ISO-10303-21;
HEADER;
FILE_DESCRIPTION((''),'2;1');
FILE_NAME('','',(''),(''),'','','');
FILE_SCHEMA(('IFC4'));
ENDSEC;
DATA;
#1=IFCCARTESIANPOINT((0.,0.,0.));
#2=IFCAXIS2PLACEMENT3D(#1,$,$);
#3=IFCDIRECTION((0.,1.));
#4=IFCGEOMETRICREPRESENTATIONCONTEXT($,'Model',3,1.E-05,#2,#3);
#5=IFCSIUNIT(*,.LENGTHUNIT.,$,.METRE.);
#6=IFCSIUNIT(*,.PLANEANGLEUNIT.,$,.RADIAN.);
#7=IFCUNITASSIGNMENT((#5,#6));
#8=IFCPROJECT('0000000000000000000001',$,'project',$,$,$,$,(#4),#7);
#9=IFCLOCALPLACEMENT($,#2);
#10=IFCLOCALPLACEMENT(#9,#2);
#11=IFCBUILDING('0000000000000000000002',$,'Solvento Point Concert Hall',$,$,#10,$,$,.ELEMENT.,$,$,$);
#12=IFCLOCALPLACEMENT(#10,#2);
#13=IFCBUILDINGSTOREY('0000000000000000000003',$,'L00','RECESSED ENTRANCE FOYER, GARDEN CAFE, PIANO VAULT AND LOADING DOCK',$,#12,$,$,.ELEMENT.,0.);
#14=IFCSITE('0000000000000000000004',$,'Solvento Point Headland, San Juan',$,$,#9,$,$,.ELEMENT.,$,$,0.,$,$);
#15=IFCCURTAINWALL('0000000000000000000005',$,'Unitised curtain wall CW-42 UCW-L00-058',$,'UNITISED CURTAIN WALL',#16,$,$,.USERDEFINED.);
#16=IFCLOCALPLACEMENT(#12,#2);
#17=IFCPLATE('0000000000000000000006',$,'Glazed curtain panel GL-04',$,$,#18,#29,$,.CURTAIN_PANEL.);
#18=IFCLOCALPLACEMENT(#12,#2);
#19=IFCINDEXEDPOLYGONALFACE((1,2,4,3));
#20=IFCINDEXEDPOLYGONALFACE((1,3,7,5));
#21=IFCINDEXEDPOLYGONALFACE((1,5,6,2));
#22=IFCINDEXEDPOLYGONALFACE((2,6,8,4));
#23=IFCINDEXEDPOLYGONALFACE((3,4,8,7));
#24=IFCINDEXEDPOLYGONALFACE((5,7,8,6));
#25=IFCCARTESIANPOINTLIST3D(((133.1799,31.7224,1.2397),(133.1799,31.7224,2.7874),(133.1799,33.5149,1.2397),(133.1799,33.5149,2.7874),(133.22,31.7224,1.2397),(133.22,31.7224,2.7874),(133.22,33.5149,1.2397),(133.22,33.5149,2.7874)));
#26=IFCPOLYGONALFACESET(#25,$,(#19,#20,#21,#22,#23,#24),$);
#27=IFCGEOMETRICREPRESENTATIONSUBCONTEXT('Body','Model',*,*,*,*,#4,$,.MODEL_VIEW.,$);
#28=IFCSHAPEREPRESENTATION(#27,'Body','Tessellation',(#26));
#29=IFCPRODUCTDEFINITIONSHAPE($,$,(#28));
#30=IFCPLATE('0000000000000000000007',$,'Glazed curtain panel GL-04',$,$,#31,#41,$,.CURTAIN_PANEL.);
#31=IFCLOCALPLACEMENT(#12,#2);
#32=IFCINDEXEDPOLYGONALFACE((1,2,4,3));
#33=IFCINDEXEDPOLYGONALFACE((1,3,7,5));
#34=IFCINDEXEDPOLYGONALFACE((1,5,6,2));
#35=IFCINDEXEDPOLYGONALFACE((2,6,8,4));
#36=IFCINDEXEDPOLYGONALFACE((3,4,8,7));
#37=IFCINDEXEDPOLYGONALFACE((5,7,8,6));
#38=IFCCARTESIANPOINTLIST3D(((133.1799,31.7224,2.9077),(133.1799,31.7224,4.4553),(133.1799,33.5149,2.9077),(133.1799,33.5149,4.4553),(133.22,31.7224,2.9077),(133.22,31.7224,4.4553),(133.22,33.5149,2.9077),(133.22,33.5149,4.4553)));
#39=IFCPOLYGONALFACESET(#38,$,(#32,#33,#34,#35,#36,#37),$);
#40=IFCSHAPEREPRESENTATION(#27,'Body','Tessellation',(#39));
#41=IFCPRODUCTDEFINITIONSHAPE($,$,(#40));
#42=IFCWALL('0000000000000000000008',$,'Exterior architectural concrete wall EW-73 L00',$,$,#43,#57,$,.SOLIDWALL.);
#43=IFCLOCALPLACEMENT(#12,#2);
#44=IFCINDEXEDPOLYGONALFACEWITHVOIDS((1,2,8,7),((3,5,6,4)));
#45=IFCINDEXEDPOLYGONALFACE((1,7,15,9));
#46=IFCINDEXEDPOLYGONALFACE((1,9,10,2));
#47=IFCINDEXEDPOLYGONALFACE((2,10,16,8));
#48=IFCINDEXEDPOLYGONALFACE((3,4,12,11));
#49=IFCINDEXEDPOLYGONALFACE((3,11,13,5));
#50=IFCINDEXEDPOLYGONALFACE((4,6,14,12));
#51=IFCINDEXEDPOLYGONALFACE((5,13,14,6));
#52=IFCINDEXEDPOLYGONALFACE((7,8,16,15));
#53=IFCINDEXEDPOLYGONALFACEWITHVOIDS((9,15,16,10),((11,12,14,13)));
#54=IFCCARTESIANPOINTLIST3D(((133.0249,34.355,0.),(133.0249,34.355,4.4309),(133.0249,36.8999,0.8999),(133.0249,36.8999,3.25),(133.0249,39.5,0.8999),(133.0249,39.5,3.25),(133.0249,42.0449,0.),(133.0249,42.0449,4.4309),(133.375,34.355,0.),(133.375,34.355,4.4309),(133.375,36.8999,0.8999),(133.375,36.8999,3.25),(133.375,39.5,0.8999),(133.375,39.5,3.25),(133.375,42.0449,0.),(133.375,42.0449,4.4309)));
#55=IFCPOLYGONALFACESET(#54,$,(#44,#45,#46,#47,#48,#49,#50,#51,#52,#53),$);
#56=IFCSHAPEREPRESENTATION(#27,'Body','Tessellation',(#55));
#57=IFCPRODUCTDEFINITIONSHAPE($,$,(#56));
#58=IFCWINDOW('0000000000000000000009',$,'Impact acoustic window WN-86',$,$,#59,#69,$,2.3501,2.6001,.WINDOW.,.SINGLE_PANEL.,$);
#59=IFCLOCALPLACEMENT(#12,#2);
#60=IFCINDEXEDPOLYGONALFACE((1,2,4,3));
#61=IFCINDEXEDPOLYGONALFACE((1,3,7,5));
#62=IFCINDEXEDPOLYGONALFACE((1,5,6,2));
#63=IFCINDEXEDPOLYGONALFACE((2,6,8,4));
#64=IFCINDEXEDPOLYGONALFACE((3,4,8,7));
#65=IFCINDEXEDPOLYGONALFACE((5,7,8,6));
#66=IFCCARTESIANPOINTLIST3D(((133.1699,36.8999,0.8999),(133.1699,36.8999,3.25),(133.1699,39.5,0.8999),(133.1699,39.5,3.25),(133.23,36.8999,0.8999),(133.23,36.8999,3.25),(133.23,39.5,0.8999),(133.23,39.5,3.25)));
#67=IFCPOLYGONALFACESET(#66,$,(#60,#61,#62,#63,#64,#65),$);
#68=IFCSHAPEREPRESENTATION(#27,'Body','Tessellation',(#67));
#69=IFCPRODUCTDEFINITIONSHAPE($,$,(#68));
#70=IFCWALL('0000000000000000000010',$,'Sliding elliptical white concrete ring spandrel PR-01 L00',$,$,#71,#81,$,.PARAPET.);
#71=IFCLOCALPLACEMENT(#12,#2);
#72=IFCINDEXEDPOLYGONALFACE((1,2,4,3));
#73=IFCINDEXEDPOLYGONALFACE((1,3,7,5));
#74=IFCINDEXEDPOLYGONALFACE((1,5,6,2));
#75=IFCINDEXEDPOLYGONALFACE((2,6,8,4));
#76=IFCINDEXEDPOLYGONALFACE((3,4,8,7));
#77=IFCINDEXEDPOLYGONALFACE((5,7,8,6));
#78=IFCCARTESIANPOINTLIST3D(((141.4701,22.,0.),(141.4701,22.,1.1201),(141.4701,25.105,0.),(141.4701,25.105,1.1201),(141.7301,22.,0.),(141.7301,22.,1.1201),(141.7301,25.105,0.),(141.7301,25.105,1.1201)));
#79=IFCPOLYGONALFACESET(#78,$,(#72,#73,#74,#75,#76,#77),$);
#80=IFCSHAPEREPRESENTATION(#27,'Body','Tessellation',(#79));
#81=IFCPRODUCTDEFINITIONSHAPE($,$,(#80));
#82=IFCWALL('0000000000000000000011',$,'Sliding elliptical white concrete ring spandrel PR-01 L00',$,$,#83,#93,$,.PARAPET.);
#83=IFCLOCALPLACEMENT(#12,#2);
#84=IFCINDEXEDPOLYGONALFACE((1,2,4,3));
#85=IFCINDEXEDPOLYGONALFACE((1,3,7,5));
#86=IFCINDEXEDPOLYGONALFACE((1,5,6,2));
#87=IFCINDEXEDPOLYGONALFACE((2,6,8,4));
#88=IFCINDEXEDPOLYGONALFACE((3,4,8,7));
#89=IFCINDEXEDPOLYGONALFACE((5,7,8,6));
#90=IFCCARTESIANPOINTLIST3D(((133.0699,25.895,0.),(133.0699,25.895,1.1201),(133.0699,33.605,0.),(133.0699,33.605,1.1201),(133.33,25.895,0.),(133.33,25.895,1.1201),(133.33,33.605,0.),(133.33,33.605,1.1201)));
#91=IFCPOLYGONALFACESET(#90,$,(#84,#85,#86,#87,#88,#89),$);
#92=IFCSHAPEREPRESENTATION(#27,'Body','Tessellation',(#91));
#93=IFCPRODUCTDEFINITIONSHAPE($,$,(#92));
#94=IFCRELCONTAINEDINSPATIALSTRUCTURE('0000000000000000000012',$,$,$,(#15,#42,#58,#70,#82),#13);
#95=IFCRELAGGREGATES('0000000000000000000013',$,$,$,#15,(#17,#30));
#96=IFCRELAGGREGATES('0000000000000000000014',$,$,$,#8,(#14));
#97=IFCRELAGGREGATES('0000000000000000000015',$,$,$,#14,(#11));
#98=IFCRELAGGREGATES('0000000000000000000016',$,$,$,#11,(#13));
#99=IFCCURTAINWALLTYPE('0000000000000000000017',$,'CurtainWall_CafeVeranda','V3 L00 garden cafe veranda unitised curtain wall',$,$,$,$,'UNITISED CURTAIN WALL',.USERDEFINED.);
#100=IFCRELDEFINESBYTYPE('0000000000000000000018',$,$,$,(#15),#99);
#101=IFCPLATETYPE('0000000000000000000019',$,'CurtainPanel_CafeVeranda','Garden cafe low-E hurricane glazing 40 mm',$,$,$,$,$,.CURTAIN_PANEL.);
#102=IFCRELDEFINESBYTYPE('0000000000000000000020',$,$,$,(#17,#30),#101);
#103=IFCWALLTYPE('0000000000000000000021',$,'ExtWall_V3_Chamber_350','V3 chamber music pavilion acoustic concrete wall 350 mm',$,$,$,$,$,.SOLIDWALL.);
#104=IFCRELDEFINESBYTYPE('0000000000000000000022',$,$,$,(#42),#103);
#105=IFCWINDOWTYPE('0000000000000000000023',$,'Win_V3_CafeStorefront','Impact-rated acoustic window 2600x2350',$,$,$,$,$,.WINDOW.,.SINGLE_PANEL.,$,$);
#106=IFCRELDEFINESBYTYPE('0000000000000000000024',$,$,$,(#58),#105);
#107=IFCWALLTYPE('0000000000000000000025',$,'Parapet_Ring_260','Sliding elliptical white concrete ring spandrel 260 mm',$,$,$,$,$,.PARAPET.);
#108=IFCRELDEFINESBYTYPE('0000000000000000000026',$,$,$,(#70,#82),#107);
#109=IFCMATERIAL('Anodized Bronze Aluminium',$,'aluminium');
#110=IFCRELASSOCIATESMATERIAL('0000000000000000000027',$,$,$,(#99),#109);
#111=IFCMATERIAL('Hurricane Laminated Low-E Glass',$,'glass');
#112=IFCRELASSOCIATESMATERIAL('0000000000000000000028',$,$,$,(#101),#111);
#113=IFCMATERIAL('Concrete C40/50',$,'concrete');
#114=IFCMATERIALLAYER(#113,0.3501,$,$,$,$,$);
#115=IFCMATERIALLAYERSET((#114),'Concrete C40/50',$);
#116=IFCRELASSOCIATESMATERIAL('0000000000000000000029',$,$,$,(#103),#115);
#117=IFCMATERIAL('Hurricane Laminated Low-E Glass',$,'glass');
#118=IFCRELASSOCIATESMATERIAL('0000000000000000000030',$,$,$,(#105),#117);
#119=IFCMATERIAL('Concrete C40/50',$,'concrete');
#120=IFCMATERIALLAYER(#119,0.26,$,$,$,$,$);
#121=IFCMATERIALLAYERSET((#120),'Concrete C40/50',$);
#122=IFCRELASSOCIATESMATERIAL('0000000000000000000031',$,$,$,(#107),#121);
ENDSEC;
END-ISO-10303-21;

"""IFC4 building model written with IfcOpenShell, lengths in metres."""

from ifc_helpers import new_model, si_unit, direction, frame, frame_2d, origin, origin_2d, place, context, subcontext, project, spatial, rectangle, extrude, material, layer, layer_set, type_object, element, fill, aggregate, save


model = new_model("IFC4")

# Units and contexts
model_context = context("Model", 3, precision=1e-05, world=origin(), true_north=direction((0.0, 1.0)))
body_context = subcontext(model_context, "Body", "Model", "MODEL_VIEW")
ifc_project = project(units=[si_unit("LENGTHUNIT", "METRE"), si_unit("PLANEANGLEUNIT", "RADIAN")], contexts=[model_context])

# Site, building, storey
site_placement = place(None, origin())
site = spatial("IfcSite", under=ifc_project, at=site_placement, Name="Solvento Point Headland, San Juan", CompositionType="ELEMENT", RefElevation=0.0)
building_placement = place(site_placement, origin())
building = spatial("IfcBuilding", under=site, at=building_placement, Name="Solvento Point Concert Hall", CompositionType="ELEMENT")
storey_placement = place(building_placement, origin())
storey = spatial("IfcBuildingStorey", under=building, at=storey_placement, Name="L00", Description="RECESSED ENTRANCE FOYER, GARDEN CAFE, PIANO VAULT AND LOADING DOCK", CompositionType="ELEMENT", Elevation=0.0)

# Shared definitions
ifc_material_1 = material(Name="Anodized Bronze Aluminium", Category="aluminium")
curtain_wall_type = type_object("IfcCurtainWallType", Name="CurtainWall_CafeVeranda", Description="V3 L00 garden cafe veranda unitised curtain wall", ElementType="UNITISED CURTAIN WALL", PredefinedType="USERDEFINED", material=ifc_material_1)

# Curtain wall
curtain_wall_1_placement = place(storey_placement, origin())
curtain_wall_1 = element("IfcCurtainWall", 1, at=curtain_wall_1_placement, inside=storey, type_object=curtain_wall_type, Name="Unitised curtain wall CW-42 UCW-L00-058", ObjectType="UNITISED CURTAIN WALL", PredefinedType="USERDEFINED")

# Plates
ifc_material_2 = material(Name="Hurricane Laminated Low-E Glass", Category="glass")
plate_type = type_object("IfcPlateType", Name="CurtainPanel_CafeVeranda", Description="Garden cafe low-E hurricane glazing 40 mm", PredefinedType="CURTAIN_PANEL", material=ifc_material_2)
plate_1_placement = place(storey_placement, frame((133.2, 32.6187, 1.2397), z_axis=(0.0, 0.0, 1.0), x_axis=(0.0, 1.0, 0.0)))
plate_1 = element("IfcPlate", 2, at=plate_1_placement, type_object=plate_type, Name="Glazed curtain panel GL-04", PredefinedType="CURTAIN_PANEL", context=body_context, shape_type="SweptSolid", body=[
    extrude(rectangle(XDim=1.7925, YDim=0.04, at=origin_2d()), origin(), (0.0, 0.0, 1.0), 1.5476),
])
plate_2_placement = place(storey_placement, frame((133.2, 32.6187, 2.9077), z_axis=(0.0, 0.0, 1.0), x_axis=(0.0, 1.0, 0.0)))
plate_2 = element("IfcPlate", 3, at=plate_2_placement, type_object=plate_type, Name="Glazed curtain panel GL-04", PredefinedType="CURTAIN_PANEL", context=body_context, shape_type="SweptSolid", body=[
    extrude(rectangle(XDim=1.7925, YDim=0.04, at=origin_2d()), origin(), (0.0, 0.0, 1.0), 1.5476),
])
aggregate(curtain_wall_1, [plate_1, plate_2])

# Wall, opening, window
ifc_material_3 = material(Name="Concrete C40/50", Category="concrete")
ifc_layer_1 = layer(ifc_material_3, 0.3501)
ifc_layer_set_1 = layer_set([ifc_layer_1], Name="Concrete C40/50")
wall_type_1 = type_object("IfcWallType", Name="ExtWall_V3_Chamber_350", Description="V3 chamber music pavilion acoustic concrete wall 350 mm", PredefinedType="SOLIDWALL", material=ifc_layer_set_1)
wall_1_placement = place(storey_placement, frame((133.2, 34.355, 0.0), z_axis=(0.0, 0.0, 1.0), x_axis=(0.0, 1.0, 0.0)))
wall_1 = element("IfcWall", 4, at=wall_1_placement, inside=storey, type_object=wall_type_1, Name="Exterior architectural concrete wall EW-73 L00", PredefinedType="SOLIDWALL", context=body_context, shape_type="SweptSolid", body=[
    extrude(rectangle(XDim=7.6899, YDim=0.3501, at=frame_2d((3.845, 0.0))), origin(), (0.0, 0.0, 1.0), 4.4309),
])
opening_placement = place(wall_1_placement, frame((2.5449, 0.0, 0.8999)))
opening = element("IfcOpeningElement", 5, at=opening_placement, cuts=wall_1, PredefinedType="OPENING", context=body_context, shape_type="SweptSolid", body=[
    extrude(rectangle(XDim=2.6001, YDim=2.3501, at=frame_2d((1.3, 1.175))), frame((0.0, 0.1851, 0.0), z_axis=(0.0, -1.0, 0.0), x_axis=(1.0, 0.0, 0.0)), (0.0, 0.0, 1.0), 0.3701),
])
ifc_material_4 = material(Name="Hurricane Laminated Low-E Glass", Category="glass")
window_type = type_object("IfcWindowType", Name="Win_V3_CafeStorefront", Description="Impact-rated acoustic window 2600x2350", PartitioningType="SINGLE_PANEL", PredefinedType="WINDOW", material=ifc_material_4)
window_placement = place(opening_placement, origin())
window = element("IfcWindow", 6, at=window_placement, inside=storey, type_object=window_type, Name="Impact acoustic window WN-86", OverallHeight=2.3501, OverallWidth=2.6001, PartitioningType="SINGLE_PANEL", PredefinedType="WINDOW", context=body_context, shape_type="SweptSolid", body=[
    extrude(rectangle(XDim=2.6001, YDim=2.3501, at=frame_2d((1.3, 1.175))), frame((0.0, 0.03, 0.0), z_axis=(0.0, -1.0, 0.0), x_axis=(1.0, 0.0, 0.0)), (0.0, 0.0, 1.0), 0.0601),
])
fill(opening, window)

# Walls
ifc_material_5 = material(Name="Concrete C40/50", Category="concrete")
ifc_layer_2 = layer(ifc_material_5, 0.26)
ifc_layer_set_2 = layer_set([ifc_layer_2], Name="Concrete C40/50")
wall_type_2 = type_object("IfcWallType", Name="Parapet_Ring_260", Description="Sliding elliptical white concrete ring spandrel 260 mm", PredefinedType="PARAPET", material=ifc_layer_set_2)
wall_2_placement = place(storey_placement, frame((141.6001, 25.105, 0.0), z_axis=(0.0, 0.0, 1.0), x_axis=(0.0, -1.0, 0.0)))
element("IfcWall", 7, at=wall_2_placement, inside=storey, type_object=wall_type_2, Name="Sliding elliptical white concrete ring spandrel PR-01 L00", PredefinedType="PARAPET", context=body_context, shape_type="SweptSolid", body=[
    extrude(rectangle(XDim=3.105, YDim=0.26, at=frame_2d((1.5525, 0.0))), origin(), (0.0, 0.0, 1.0), 1.1201),
])
wall_3_placement = place(storey_placement, frame((133.2, 25.895, 0.0), z_axis=(0.0, 0.0, 1.0), x_axis=(0.0, 1.0, 0.0)))
element("IfcWall", 8, at=wall_3_placement, inside=storey, type_object=wall_type_2, Name="Sliding elliptical white concrete ring spandrel PR-01 L00", PredefinedType="PARAPET", context=body_context, shape_type="SweptSolid", body=[
    extrude(rectangle(XDim=7.71, YDim=0.26, at=frame_2d((3.855, 0.0))), origin(), (0.0, 0.0, 1.0), 1.1201),
])

save(model, "model.ifc")
